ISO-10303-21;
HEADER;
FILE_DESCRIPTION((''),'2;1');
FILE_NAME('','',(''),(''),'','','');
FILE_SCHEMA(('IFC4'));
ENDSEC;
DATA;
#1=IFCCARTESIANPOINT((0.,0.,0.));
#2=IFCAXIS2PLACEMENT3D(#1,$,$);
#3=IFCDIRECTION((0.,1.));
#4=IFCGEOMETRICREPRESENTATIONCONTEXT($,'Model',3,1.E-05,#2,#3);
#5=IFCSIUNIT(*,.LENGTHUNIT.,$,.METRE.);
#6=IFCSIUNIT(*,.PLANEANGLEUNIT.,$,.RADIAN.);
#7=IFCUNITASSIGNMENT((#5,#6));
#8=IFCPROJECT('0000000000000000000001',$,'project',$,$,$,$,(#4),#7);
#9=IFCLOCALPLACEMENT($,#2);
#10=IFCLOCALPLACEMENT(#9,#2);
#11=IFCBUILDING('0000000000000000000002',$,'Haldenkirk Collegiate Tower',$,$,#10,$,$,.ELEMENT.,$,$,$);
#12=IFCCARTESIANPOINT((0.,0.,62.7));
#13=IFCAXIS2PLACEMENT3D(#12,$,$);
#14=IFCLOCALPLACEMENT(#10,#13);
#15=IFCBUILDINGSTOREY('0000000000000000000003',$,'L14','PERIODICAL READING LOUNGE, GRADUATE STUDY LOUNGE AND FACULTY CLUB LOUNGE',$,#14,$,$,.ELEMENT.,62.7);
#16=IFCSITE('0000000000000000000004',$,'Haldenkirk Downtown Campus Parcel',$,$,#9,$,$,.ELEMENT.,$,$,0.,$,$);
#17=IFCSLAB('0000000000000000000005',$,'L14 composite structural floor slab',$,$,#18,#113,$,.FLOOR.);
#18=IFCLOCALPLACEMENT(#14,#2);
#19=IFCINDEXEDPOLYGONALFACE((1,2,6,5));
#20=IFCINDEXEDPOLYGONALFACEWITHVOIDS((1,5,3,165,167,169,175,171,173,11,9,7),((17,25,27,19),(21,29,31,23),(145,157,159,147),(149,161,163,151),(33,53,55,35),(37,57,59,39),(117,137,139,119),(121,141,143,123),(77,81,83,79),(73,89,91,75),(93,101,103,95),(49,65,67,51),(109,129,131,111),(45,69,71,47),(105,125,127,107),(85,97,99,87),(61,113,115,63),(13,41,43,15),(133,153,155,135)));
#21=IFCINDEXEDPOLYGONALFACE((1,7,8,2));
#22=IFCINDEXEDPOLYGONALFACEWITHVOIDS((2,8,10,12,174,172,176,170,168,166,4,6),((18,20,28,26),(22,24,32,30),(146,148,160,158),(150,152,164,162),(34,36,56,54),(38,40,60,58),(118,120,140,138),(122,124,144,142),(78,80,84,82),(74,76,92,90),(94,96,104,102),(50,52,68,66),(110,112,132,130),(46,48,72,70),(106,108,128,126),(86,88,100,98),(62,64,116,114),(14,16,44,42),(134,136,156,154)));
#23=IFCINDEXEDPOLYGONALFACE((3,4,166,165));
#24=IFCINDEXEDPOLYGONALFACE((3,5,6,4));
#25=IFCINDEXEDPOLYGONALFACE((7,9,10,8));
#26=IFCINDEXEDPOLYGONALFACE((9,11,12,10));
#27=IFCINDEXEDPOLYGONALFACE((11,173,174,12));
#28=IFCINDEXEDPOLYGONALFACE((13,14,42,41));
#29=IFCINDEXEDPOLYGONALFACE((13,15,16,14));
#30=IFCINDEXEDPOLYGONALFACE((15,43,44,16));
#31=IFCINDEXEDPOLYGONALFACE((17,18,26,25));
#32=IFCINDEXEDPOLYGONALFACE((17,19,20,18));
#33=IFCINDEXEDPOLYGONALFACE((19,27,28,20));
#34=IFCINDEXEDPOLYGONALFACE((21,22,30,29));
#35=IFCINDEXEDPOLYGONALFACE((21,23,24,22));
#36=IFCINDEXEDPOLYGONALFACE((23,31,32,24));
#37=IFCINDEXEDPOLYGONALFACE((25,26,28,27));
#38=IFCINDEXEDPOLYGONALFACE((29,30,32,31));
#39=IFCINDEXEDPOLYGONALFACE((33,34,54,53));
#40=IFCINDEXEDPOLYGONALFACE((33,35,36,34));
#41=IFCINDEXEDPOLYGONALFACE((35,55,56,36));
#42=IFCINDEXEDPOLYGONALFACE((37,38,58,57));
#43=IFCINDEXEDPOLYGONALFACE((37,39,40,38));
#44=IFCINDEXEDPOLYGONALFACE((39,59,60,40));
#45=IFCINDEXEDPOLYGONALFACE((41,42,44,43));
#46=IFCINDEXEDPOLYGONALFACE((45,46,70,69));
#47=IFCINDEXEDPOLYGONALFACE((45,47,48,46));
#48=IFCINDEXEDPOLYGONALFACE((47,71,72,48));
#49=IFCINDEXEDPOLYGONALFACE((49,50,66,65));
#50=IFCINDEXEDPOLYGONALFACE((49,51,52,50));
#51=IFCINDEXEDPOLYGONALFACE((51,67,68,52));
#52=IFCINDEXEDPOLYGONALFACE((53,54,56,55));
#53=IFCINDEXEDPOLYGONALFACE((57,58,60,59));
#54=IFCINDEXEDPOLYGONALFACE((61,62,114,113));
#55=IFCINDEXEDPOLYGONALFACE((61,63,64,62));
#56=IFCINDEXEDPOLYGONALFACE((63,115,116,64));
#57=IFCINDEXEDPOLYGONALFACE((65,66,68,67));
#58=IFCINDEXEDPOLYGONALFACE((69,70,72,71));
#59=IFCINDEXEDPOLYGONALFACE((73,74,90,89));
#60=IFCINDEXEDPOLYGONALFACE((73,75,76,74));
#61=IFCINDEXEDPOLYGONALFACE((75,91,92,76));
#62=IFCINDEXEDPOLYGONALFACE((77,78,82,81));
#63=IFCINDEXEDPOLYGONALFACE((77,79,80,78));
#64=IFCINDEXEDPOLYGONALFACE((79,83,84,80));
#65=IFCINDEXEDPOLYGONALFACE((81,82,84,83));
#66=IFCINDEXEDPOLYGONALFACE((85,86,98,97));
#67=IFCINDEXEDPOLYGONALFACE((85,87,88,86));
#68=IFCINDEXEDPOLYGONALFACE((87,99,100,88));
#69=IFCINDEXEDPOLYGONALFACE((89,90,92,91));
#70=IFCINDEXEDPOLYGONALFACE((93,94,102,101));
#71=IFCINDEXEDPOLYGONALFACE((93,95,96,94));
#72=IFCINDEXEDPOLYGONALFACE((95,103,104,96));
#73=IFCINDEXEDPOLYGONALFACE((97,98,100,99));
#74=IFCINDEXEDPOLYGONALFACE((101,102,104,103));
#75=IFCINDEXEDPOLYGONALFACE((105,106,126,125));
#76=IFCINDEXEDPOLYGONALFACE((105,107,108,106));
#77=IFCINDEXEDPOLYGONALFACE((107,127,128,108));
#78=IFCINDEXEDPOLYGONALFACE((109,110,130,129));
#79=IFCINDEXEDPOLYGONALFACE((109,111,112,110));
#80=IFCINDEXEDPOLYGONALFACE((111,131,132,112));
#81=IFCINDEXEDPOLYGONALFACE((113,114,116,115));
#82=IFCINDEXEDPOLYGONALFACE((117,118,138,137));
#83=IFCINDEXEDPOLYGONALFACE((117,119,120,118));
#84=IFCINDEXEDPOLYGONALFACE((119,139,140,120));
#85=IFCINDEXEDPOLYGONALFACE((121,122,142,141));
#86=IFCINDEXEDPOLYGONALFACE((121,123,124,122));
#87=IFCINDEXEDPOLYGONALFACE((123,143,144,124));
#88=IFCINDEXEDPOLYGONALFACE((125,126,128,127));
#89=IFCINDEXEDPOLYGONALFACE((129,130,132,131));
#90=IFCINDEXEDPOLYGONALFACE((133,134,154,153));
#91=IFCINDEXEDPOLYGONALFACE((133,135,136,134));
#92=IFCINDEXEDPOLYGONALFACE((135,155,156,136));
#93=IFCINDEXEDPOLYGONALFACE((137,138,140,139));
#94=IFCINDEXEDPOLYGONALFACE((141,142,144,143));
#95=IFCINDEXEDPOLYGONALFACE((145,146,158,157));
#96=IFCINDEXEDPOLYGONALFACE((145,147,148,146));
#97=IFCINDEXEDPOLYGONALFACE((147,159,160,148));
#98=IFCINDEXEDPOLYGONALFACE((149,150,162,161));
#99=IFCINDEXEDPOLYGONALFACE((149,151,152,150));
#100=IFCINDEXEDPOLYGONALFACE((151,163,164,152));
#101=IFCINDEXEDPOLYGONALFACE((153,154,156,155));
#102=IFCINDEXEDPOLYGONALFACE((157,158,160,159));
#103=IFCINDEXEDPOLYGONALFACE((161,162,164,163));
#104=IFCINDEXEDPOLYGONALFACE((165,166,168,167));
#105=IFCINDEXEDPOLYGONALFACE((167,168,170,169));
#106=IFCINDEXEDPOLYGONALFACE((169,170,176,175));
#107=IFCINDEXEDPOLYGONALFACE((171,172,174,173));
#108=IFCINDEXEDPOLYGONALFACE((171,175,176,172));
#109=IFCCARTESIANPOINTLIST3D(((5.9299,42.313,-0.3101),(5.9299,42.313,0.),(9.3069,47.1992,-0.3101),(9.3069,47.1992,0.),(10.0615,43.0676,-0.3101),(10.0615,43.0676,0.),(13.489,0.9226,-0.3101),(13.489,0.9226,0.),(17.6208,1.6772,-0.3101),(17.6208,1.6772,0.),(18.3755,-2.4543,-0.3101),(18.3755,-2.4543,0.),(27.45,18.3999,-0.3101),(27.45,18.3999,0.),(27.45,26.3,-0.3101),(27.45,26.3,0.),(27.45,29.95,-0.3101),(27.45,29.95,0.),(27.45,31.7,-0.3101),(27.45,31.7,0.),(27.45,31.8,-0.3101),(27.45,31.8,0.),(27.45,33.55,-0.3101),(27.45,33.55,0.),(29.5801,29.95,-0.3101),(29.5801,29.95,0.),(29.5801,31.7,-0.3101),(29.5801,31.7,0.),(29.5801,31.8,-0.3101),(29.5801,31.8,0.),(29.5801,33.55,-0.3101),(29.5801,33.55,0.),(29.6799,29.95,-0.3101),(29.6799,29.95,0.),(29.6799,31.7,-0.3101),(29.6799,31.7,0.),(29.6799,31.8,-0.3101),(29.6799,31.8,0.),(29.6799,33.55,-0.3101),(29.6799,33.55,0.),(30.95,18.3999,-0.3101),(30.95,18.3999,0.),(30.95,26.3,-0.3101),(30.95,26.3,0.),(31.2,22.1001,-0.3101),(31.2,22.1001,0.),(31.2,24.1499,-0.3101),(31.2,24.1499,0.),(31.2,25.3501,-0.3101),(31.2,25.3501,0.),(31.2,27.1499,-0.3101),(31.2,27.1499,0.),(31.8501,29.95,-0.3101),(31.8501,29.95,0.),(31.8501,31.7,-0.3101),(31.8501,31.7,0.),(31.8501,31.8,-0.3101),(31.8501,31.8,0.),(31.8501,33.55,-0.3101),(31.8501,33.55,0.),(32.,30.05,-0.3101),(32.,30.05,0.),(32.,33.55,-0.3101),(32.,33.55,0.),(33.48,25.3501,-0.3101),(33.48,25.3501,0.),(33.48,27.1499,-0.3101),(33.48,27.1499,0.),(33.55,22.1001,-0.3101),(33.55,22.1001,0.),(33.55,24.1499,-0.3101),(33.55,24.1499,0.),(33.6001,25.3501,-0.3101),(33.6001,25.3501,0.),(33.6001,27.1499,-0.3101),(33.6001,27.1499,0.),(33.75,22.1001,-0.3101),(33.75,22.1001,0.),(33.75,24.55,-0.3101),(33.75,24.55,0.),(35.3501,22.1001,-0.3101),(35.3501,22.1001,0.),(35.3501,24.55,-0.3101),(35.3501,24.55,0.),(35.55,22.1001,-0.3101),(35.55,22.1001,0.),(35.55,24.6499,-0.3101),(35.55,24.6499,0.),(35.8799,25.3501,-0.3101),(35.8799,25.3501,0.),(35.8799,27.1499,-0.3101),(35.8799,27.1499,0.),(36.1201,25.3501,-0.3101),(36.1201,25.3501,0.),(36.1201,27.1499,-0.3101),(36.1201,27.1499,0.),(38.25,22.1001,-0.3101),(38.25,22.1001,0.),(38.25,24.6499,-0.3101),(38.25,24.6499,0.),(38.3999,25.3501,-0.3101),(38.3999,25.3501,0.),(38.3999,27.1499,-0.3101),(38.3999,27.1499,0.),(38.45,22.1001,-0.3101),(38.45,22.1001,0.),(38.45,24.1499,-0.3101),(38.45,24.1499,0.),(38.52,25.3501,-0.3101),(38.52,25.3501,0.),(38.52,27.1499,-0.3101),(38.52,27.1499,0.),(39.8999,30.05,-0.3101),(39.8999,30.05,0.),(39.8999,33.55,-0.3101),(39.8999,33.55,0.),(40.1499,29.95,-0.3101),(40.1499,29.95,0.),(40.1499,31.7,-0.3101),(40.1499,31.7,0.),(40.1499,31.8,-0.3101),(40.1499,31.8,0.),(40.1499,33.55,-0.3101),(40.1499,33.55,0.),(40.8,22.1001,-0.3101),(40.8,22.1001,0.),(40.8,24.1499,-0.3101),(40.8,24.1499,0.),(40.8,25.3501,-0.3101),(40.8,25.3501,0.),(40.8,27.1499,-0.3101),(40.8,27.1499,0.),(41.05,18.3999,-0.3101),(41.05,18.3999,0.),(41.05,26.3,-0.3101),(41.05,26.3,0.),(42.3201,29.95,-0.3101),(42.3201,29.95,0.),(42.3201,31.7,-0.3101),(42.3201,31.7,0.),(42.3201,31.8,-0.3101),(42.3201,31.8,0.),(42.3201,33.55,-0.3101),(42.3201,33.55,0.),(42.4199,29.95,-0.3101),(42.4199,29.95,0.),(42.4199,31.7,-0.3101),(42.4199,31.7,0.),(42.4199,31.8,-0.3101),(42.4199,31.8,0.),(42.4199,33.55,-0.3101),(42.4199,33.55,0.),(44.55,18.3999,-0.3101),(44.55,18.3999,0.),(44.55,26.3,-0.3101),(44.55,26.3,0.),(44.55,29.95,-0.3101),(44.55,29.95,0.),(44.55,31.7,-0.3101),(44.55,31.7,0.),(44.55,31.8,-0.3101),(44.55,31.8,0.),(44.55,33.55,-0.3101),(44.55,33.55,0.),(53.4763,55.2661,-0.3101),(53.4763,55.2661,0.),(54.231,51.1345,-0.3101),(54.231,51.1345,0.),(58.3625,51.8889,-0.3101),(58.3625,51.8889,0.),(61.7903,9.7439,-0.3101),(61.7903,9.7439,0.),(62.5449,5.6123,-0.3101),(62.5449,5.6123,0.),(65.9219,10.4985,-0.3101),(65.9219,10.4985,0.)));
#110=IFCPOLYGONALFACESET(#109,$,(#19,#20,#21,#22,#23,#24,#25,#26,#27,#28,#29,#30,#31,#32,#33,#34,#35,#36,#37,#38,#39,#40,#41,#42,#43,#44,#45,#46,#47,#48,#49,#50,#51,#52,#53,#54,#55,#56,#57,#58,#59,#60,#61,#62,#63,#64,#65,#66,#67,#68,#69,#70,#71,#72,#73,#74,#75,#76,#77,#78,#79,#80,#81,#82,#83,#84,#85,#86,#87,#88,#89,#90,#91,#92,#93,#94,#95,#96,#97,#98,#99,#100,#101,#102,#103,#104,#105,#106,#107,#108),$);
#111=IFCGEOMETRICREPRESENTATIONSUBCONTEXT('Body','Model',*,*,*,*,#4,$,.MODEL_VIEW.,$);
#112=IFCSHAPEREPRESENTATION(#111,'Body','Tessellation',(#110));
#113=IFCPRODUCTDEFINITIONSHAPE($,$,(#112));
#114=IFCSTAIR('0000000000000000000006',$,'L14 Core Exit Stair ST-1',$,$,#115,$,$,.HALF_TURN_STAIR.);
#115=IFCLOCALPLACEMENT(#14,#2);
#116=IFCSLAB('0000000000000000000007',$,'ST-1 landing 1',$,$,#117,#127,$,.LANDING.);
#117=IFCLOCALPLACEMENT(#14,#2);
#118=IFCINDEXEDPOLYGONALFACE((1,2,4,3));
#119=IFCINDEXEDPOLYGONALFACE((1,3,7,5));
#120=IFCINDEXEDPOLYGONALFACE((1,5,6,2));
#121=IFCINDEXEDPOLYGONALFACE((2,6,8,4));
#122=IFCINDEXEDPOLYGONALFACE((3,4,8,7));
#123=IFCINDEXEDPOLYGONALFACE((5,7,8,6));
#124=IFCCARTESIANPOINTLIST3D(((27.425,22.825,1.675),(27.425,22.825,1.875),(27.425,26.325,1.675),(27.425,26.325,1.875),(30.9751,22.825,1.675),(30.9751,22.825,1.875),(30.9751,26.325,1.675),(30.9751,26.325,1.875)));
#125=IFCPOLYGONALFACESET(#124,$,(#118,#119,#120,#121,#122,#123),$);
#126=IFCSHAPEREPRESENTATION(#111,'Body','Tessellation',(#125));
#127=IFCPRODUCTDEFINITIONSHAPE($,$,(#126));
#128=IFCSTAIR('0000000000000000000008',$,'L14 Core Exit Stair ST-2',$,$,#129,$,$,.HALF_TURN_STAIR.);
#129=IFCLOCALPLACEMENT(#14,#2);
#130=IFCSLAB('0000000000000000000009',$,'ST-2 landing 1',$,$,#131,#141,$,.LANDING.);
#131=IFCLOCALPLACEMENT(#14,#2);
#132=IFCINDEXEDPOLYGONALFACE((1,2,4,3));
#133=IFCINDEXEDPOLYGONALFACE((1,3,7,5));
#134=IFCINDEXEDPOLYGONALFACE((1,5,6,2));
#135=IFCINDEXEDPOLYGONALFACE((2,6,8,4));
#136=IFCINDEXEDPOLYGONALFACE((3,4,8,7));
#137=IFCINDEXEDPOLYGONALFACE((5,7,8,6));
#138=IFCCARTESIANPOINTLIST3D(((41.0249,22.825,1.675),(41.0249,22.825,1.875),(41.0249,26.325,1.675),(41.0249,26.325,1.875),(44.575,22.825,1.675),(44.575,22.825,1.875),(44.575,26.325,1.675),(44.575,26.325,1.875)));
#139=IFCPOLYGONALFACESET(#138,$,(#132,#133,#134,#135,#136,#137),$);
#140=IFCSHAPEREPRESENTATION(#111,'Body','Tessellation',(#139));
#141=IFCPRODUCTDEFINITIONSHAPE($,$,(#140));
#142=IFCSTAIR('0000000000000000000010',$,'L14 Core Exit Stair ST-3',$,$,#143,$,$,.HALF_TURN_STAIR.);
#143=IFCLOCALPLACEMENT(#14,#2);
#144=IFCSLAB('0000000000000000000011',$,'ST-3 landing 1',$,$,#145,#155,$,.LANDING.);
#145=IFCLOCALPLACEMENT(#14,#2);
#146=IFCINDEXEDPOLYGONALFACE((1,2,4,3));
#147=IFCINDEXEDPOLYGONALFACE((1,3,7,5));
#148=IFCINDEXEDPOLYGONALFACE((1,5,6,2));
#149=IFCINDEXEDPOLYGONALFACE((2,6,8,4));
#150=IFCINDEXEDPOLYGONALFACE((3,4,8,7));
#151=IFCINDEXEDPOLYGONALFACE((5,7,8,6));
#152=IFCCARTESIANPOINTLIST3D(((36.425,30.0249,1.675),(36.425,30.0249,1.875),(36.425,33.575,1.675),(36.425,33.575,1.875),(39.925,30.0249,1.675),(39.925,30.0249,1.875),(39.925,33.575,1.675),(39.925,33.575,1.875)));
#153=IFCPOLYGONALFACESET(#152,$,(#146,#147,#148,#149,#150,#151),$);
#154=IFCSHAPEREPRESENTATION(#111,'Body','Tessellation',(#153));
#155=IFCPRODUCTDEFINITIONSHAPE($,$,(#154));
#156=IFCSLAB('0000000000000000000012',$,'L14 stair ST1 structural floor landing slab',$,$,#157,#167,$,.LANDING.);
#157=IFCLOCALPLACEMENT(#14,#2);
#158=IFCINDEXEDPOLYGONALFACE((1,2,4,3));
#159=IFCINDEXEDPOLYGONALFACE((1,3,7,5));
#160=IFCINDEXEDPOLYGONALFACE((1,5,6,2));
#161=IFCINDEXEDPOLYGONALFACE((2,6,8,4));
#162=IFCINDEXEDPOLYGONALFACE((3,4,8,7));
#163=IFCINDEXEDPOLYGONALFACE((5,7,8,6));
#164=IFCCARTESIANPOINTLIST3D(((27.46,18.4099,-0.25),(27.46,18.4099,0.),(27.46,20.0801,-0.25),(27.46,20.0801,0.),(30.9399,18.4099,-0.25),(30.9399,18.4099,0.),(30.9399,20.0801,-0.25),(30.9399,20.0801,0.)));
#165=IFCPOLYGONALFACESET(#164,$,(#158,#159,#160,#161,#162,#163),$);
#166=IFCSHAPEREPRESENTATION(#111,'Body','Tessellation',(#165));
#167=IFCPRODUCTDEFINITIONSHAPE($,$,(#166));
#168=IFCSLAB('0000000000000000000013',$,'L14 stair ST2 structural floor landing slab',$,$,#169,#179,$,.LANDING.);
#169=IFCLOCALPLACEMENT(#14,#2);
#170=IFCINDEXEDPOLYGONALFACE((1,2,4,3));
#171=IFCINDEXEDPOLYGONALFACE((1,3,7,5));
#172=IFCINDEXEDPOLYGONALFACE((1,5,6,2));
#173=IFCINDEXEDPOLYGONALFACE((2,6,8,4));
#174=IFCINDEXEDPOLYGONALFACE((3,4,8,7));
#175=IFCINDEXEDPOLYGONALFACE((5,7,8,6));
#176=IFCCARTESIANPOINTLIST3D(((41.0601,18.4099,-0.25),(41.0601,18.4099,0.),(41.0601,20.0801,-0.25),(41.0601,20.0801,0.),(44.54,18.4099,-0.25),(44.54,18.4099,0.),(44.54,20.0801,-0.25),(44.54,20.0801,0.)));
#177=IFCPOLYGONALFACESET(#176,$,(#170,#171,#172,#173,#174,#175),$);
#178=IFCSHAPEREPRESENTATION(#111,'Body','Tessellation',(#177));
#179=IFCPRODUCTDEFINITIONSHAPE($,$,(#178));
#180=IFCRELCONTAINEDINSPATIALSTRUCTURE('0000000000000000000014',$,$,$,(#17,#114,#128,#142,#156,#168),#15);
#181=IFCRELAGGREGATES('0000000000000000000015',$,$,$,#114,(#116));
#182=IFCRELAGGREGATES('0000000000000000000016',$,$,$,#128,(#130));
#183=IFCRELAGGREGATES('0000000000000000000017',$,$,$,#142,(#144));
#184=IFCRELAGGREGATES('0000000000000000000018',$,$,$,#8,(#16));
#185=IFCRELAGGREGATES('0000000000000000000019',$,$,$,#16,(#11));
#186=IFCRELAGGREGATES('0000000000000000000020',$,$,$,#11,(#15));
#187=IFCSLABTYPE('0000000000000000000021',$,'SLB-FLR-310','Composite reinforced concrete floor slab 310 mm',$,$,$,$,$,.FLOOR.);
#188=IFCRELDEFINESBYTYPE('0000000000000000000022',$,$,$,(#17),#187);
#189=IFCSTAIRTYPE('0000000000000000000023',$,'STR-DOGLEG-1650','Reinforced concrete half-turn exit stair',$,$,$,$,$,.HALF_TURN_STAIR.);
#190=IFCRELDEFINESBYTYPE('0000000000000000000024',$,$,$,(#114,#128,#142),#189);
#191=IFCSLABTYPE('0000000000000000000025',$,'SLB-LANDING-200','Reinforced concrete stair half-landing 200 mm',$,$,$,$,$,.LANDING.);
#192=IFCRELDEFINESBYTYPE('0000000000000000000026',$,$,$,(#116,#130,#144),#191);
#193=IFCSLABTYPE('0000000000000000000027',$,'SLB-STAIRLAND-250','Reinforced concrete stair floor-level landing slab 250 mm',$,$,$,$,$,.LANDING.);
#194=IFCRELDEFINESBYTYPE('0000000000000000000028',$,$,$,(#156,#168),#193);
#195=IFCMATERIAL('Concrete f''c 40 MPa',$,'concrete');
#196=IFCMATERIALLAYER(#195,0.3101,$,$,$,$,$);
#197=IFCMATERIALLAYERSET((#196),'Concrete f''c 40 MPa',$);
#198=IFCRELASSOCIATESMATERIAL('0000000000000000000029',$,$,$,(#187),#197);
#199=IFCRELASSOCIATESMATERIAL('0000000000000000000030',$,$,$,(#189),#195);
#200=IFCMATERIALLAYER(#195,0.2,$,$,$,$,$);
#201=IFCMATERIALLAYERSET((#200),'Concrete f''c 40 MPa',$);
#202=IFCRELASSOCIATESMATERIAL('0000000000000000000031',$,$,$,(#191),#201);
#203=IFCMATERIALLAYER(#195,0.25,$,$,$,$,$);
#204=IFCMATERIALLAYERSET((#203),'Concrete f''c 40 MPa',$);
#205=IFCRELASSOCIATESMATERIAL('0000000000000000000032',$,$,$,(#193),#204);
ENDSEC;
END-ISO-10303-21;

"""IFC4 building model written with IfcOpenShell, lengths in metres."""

from ifc_helpers import new_model, si_unit, direction, frame, origin, place, context, subcontext, project, spatial, polyline, outline, extrude, material, layer, layer_set, type_object, element, aggregate, save


model = new_model("IFC4")

# Units and contexts
model_context = context("Model", 3, precision=1e-05, world=origin(), true_north=direction((0.0, 1.0)))
body_context = subcontext(model_context, "Body", "Model", "MODEL_VIEW")
ifc_project = project(units=[si_unit("LENGTHUNIT", "METRE"), si_unit("PLANEANGLEUNIT", "RADIAN")], contexts=[model_context])

# Site, building, storey
site_placement = place(None, origin())
site = spatial("IfcSite", under=ifc_project, at=site_placement, Name="Haldenkirk Downtown Campus Parcel", CompositionType="ELEMENT", RefElevation=0.0)
building_placement = place(site_placement, origin())
building = spatial("IfcBuilding", under=site, at=building_placement, Name="Haldenkirk Collegiate Tower", CompositionType="ELEMENT")
storey_placement = place(building_placement, frame((0.0, 0.0, 62.7)))
storey = spatial("IfcBuildingStorey", under=building, at=storey_placement, Name="L14", Description="PERIODICAL READING LOUNGE, GRADUATE STUDY LOUNGE AND FACULTY CLUB LOUNGE", CompositionType="ELEMENT", Elevation=62.7)

# Slab
ifc_material_1 = material(Name="Concrete f'c 40 MPa", Category="concrete")
ifc_layer_1 = layer(ifc_material_1, 0.3101)
ifc_layer_set_1 = layer_set([ifc_layer_1], Name="Concrete f'c 40 MPa")
slab_type_1 = type_object("IfcSlabType", Name="SLB-FLR-310", Description="Composite reinforced concrete floor slab 310 mm", PredefinedType="FLOOR", material=ifc_layer_set_1)
slab_1_placement = place(storey_placement, frame((0.0, 0.0, -0.3101)))
element("IfcSlab", 1, at=slab_1_placement, inside=storey, type_object=slab_type_1, Name="L14 composite structural floor slab", PredefinedType="FLOOR", context=body_context, shape_type="SweptSolid", body=[
    extrude(outline(polyline([(18.3755, -2.4543), (62.5449, 5.6123), (61.7903, 9.7439), (65.9219, 10.4985), (58.3625, 51.8889), (54.231, 51.1345), (53.4763, 55.2661), (9.3069, 47.1992), (10.0615, 43.0676), (5.9299, 42.313), (13.489, 0.9226), (17.6208, 1.6772), (18.3755, -2.4543)]), holes=[polyline([(27.45, 18.3999), (30.95, 18.3999), (30.95, 26.3), (27.45, 26.3), (27.45, 18.3999)]), polyline([(41.05, 18.3999), (44.55, 18.3999), (44.55, 26.3), (41.05, 26.3), (41.05, 18.3999)]), polyline([(32.0, 30.05), (39.8999, 30.05), (39.8999, 33.55), (32.0, 33.55), (32.0, 30.05)]), polyline([(33.75, 22.1001), (35.3501, 22.1001), (35.3501, 24.55), (33.75, 24.55), (33.75, 22.1001)]), polyline([(27.45, 29.95), (29.5801, 29.95), (29.5801, 31.7), (27.45, 31.7), (27.45, 29.95)]), polyline([(29.6799, 29.95), (31.8501, 29.95), (31.8501, 31.7), (29.6799, 31.7), (29.6799, 29.95)]), polyline([(27.45, 31.8), (29.5801, 31.8), (29.5801, 33.55), (27.45, 33.55), (27.45, 31.8)]), polyline([(29.6799, 31.8), (31.8501, 31.8), (31.8501, 33.55), (29.6799, 33.55), (29.6799, 31.8)]), polyline([(40.1499, 29.95), (42.3201, 29.95), (42.3201, 31.7), (40.1499, 31.7), (40.1499, 29.95)]), polyline([(42.4199, 29.95), (44.55, 29.95), (44.55, 31.7), (42.4199, 31.7), (42.4199, 29.95)]), polyline([(40.1499, 31.8), (42.3201, 31.8), (42.3201, 33.55), (40.1499, 33.55), (40.1499, 31.8)]), polyline([(42.4199, 31.8), (44.55, 31.8), (44.55, 33.55), (42.4199, 33.55), (42.4199, 31.8)]), polyline([(31.2, 25.3501), (33.48, 25.3501), (33.48, 27.1499), (31.2, 27.1499), (31.2, 25.3501)]), polyline([(33.6001, 25.3501), (35.8799, 25.3501), (35.8799, 27.1499), (33.6001, 27.1499), (33.6001, 25.3501)]), polyline([(36.1201, 25.3501), (38.3999, 25.3501), (38.3999, 27.1499), (36.1201, 27.1499), (36.1201, 25.3501)]), polyline([(38.52, 25.3501), (40.8, 25.3501), (40.8, 27.1499), (38.52, 27.1499), (38.52, 25.3501)]), polyline([(31.2, 22.1001), (33.55, 22.1001), (33.55, 24.1499), (31.2, 24.1499), (31.2, 22.1001)]), polyline([(38.45, 22.1001), (40.8, 22.1001), (40.8, 24.1499), (38.45, 24.1499), (38.45, 22.1001)]), polyline([(35.55, 22.1001), (38.25, 22.1001), (38.25, 24.6499), (35.55, 24.6499), (35.55, 22.1001)])]), origin(), (0.0, 0.0, 1.0), 0.3101),
])

# Stairs, slabs
stair_type = type_object("IfcStairType", Name="STR-DOGLEG-1650", Description="Reinforced concrete half-turn exit stair", PredefinedType="HALF_TURN_STAIR", material=ifc_material_1)
stair_1_placement = place(storey_placement, origin())
stair_1 = element("IfcStair", 2, at=stair_1_placement, inside=storey, type_object=stair_type, Name="L14 Core Exit Stair ST-1", PredefinedType="HALF_TURN_STAIR")
ifc_layer_2 = layer(ifc_material_1, 0.2)
ifc_layer_set_2 = layer_set([ifc_layer_2], Name="Concrete f'c 40 MPa")
slab_type_2 = type_object("IfcSlabType", Name="SLB-LANDING-200", Description="Reinforced concrete stair half-landing 200 mm", PredefinedType="LANDING", material=ifc_layer_set_2)
slab_2_placement = place(storey_placement, frame((0.0, 0.0, 1.675)))
slab_2 = element("IfcSlab", 3, at=slab_2_placement, type_object=slab_type_2, Name="ST-1 landing 1", PredefinedType="LANDING", context=body_context, shape_type="SweptSolid", body=[
    extrude(outline(polyline([(30.9751, 22.825), (27.425, 22.825), (27.425, 26.325), (30.9751, 26.325), (30.9751, 22.825)])), origin(), (0.0, 0.0, 1.0), 0.2),
])
aggregate(stair_1, [slab_2])
stair_2_placement = place(storey_placement, origin())
stair_2 = element("IfcStair", 4, at=stair_2_placement, inside=storey, type_object=stair_type, Name="L14 Core Exit Stair ST-2", PredefinedType="HALF_TURN_STAIR")
slab_3_placement = place(storey_placement, frame((0.0, 0.0, 1.675)))
slab_3 = element("IfcSlab", 5, at=slab_3_placement, type_object=slab_type_2, Name="ST-2 landing 1", PredefinedType="LANDING", context=body_context, shape_type="SweptSolid", body=[
    extrude(outline(polyline([(44.575, 22.825), (41.0249, 22.825), (41.0249, 26.325), (44.575, 26.325), (44.575, 22.825)])), origin(), (0.0, 0.0, 1.0), 0.2),
])
aggregate(stair_2, [slab_3])
stair_3_placement = place(storey_placement, origin())
stair_3 = element("IfcStair", 6, at=stair_3_placement, inside=storey, type_object=stair_type, Name="L14 Core Exit Stair ST-3", PredefinedType="HALF_TURN_STAIR")
slab_4_placement = place(storey_placement, frame((0.0, 0.0, 1.675)))
slab_4 = element("IfcSlab", 7, at=slab_4_placement, type_object=slab_type_2, Name="ST-3 landing 1", PredefinedType="LANDING", context=body_context, shape_type="SweptSolid", body=[
    extrude(outline(polyline([(36.425, 30.0249), (36.425, 33.575), (39.925, 33.575), (39.925, 30.0249), (36.425, 30.0249)])), origin(), (0.0, 0.0, 1.0), 0.2),
])
aggregate(stair_3, [slab_4])

# Slabs
ifc_layer_3 = layer(ifc_material_1, 0.25)
ifc_layer_set_3 = layer_set([ifc_layer_3], Name="Concrete f'c 40 MPa")
slab_type_3 = type_object("IfcSlabType", Name="SLB-STAIRLAND-250", Description="Reinforced concrete stair floor-level landing slab 250 mm", PredefinedType="LANDING", material=ifc_layer_set_3)
slab_5_placement = place(storey_placement, frame((0.0, 0.0, -0.25)))
element("IfcSlab", 8, at=slab_5_placement, inside=storey, type_object=slab_type_3, Name="L14 stair ST1 structural floor landing slab", PredefinedType="LANDING", context=body_context, shape_type="SweptSolid", body=[
    extrude(outline(polyline([(27.46, 18.4099), (30.9399, 18.4099), (30.9399, 20.0801), (27.46, 20.0801), (27.46, 18.4099)])), origin(), (0.0, 0.0, 1.0), 0.25),
])
slab_6_placement = place(storey_placement, frame((0.0, 0.0, -0.25)))
element("IfcSlab", 9, at=slab_6_placement, inside=storey, type_object=slab_type_3, Name="L14 stair ST2 structural floor landing slab", PredefinedType="LANDING", context=body_context, shape_type="SweptSolid", body=[
    extrude(outline(polyline([(41.0601, 18.4099), (44.54, 18.4099), (44.54, 20.0801), (41.0601, 20.0801), (41.0601, 18.4099)])), origin(), (0.0, 0.0, 1.0), 0.25),
])

save(model, "model.ifc")
